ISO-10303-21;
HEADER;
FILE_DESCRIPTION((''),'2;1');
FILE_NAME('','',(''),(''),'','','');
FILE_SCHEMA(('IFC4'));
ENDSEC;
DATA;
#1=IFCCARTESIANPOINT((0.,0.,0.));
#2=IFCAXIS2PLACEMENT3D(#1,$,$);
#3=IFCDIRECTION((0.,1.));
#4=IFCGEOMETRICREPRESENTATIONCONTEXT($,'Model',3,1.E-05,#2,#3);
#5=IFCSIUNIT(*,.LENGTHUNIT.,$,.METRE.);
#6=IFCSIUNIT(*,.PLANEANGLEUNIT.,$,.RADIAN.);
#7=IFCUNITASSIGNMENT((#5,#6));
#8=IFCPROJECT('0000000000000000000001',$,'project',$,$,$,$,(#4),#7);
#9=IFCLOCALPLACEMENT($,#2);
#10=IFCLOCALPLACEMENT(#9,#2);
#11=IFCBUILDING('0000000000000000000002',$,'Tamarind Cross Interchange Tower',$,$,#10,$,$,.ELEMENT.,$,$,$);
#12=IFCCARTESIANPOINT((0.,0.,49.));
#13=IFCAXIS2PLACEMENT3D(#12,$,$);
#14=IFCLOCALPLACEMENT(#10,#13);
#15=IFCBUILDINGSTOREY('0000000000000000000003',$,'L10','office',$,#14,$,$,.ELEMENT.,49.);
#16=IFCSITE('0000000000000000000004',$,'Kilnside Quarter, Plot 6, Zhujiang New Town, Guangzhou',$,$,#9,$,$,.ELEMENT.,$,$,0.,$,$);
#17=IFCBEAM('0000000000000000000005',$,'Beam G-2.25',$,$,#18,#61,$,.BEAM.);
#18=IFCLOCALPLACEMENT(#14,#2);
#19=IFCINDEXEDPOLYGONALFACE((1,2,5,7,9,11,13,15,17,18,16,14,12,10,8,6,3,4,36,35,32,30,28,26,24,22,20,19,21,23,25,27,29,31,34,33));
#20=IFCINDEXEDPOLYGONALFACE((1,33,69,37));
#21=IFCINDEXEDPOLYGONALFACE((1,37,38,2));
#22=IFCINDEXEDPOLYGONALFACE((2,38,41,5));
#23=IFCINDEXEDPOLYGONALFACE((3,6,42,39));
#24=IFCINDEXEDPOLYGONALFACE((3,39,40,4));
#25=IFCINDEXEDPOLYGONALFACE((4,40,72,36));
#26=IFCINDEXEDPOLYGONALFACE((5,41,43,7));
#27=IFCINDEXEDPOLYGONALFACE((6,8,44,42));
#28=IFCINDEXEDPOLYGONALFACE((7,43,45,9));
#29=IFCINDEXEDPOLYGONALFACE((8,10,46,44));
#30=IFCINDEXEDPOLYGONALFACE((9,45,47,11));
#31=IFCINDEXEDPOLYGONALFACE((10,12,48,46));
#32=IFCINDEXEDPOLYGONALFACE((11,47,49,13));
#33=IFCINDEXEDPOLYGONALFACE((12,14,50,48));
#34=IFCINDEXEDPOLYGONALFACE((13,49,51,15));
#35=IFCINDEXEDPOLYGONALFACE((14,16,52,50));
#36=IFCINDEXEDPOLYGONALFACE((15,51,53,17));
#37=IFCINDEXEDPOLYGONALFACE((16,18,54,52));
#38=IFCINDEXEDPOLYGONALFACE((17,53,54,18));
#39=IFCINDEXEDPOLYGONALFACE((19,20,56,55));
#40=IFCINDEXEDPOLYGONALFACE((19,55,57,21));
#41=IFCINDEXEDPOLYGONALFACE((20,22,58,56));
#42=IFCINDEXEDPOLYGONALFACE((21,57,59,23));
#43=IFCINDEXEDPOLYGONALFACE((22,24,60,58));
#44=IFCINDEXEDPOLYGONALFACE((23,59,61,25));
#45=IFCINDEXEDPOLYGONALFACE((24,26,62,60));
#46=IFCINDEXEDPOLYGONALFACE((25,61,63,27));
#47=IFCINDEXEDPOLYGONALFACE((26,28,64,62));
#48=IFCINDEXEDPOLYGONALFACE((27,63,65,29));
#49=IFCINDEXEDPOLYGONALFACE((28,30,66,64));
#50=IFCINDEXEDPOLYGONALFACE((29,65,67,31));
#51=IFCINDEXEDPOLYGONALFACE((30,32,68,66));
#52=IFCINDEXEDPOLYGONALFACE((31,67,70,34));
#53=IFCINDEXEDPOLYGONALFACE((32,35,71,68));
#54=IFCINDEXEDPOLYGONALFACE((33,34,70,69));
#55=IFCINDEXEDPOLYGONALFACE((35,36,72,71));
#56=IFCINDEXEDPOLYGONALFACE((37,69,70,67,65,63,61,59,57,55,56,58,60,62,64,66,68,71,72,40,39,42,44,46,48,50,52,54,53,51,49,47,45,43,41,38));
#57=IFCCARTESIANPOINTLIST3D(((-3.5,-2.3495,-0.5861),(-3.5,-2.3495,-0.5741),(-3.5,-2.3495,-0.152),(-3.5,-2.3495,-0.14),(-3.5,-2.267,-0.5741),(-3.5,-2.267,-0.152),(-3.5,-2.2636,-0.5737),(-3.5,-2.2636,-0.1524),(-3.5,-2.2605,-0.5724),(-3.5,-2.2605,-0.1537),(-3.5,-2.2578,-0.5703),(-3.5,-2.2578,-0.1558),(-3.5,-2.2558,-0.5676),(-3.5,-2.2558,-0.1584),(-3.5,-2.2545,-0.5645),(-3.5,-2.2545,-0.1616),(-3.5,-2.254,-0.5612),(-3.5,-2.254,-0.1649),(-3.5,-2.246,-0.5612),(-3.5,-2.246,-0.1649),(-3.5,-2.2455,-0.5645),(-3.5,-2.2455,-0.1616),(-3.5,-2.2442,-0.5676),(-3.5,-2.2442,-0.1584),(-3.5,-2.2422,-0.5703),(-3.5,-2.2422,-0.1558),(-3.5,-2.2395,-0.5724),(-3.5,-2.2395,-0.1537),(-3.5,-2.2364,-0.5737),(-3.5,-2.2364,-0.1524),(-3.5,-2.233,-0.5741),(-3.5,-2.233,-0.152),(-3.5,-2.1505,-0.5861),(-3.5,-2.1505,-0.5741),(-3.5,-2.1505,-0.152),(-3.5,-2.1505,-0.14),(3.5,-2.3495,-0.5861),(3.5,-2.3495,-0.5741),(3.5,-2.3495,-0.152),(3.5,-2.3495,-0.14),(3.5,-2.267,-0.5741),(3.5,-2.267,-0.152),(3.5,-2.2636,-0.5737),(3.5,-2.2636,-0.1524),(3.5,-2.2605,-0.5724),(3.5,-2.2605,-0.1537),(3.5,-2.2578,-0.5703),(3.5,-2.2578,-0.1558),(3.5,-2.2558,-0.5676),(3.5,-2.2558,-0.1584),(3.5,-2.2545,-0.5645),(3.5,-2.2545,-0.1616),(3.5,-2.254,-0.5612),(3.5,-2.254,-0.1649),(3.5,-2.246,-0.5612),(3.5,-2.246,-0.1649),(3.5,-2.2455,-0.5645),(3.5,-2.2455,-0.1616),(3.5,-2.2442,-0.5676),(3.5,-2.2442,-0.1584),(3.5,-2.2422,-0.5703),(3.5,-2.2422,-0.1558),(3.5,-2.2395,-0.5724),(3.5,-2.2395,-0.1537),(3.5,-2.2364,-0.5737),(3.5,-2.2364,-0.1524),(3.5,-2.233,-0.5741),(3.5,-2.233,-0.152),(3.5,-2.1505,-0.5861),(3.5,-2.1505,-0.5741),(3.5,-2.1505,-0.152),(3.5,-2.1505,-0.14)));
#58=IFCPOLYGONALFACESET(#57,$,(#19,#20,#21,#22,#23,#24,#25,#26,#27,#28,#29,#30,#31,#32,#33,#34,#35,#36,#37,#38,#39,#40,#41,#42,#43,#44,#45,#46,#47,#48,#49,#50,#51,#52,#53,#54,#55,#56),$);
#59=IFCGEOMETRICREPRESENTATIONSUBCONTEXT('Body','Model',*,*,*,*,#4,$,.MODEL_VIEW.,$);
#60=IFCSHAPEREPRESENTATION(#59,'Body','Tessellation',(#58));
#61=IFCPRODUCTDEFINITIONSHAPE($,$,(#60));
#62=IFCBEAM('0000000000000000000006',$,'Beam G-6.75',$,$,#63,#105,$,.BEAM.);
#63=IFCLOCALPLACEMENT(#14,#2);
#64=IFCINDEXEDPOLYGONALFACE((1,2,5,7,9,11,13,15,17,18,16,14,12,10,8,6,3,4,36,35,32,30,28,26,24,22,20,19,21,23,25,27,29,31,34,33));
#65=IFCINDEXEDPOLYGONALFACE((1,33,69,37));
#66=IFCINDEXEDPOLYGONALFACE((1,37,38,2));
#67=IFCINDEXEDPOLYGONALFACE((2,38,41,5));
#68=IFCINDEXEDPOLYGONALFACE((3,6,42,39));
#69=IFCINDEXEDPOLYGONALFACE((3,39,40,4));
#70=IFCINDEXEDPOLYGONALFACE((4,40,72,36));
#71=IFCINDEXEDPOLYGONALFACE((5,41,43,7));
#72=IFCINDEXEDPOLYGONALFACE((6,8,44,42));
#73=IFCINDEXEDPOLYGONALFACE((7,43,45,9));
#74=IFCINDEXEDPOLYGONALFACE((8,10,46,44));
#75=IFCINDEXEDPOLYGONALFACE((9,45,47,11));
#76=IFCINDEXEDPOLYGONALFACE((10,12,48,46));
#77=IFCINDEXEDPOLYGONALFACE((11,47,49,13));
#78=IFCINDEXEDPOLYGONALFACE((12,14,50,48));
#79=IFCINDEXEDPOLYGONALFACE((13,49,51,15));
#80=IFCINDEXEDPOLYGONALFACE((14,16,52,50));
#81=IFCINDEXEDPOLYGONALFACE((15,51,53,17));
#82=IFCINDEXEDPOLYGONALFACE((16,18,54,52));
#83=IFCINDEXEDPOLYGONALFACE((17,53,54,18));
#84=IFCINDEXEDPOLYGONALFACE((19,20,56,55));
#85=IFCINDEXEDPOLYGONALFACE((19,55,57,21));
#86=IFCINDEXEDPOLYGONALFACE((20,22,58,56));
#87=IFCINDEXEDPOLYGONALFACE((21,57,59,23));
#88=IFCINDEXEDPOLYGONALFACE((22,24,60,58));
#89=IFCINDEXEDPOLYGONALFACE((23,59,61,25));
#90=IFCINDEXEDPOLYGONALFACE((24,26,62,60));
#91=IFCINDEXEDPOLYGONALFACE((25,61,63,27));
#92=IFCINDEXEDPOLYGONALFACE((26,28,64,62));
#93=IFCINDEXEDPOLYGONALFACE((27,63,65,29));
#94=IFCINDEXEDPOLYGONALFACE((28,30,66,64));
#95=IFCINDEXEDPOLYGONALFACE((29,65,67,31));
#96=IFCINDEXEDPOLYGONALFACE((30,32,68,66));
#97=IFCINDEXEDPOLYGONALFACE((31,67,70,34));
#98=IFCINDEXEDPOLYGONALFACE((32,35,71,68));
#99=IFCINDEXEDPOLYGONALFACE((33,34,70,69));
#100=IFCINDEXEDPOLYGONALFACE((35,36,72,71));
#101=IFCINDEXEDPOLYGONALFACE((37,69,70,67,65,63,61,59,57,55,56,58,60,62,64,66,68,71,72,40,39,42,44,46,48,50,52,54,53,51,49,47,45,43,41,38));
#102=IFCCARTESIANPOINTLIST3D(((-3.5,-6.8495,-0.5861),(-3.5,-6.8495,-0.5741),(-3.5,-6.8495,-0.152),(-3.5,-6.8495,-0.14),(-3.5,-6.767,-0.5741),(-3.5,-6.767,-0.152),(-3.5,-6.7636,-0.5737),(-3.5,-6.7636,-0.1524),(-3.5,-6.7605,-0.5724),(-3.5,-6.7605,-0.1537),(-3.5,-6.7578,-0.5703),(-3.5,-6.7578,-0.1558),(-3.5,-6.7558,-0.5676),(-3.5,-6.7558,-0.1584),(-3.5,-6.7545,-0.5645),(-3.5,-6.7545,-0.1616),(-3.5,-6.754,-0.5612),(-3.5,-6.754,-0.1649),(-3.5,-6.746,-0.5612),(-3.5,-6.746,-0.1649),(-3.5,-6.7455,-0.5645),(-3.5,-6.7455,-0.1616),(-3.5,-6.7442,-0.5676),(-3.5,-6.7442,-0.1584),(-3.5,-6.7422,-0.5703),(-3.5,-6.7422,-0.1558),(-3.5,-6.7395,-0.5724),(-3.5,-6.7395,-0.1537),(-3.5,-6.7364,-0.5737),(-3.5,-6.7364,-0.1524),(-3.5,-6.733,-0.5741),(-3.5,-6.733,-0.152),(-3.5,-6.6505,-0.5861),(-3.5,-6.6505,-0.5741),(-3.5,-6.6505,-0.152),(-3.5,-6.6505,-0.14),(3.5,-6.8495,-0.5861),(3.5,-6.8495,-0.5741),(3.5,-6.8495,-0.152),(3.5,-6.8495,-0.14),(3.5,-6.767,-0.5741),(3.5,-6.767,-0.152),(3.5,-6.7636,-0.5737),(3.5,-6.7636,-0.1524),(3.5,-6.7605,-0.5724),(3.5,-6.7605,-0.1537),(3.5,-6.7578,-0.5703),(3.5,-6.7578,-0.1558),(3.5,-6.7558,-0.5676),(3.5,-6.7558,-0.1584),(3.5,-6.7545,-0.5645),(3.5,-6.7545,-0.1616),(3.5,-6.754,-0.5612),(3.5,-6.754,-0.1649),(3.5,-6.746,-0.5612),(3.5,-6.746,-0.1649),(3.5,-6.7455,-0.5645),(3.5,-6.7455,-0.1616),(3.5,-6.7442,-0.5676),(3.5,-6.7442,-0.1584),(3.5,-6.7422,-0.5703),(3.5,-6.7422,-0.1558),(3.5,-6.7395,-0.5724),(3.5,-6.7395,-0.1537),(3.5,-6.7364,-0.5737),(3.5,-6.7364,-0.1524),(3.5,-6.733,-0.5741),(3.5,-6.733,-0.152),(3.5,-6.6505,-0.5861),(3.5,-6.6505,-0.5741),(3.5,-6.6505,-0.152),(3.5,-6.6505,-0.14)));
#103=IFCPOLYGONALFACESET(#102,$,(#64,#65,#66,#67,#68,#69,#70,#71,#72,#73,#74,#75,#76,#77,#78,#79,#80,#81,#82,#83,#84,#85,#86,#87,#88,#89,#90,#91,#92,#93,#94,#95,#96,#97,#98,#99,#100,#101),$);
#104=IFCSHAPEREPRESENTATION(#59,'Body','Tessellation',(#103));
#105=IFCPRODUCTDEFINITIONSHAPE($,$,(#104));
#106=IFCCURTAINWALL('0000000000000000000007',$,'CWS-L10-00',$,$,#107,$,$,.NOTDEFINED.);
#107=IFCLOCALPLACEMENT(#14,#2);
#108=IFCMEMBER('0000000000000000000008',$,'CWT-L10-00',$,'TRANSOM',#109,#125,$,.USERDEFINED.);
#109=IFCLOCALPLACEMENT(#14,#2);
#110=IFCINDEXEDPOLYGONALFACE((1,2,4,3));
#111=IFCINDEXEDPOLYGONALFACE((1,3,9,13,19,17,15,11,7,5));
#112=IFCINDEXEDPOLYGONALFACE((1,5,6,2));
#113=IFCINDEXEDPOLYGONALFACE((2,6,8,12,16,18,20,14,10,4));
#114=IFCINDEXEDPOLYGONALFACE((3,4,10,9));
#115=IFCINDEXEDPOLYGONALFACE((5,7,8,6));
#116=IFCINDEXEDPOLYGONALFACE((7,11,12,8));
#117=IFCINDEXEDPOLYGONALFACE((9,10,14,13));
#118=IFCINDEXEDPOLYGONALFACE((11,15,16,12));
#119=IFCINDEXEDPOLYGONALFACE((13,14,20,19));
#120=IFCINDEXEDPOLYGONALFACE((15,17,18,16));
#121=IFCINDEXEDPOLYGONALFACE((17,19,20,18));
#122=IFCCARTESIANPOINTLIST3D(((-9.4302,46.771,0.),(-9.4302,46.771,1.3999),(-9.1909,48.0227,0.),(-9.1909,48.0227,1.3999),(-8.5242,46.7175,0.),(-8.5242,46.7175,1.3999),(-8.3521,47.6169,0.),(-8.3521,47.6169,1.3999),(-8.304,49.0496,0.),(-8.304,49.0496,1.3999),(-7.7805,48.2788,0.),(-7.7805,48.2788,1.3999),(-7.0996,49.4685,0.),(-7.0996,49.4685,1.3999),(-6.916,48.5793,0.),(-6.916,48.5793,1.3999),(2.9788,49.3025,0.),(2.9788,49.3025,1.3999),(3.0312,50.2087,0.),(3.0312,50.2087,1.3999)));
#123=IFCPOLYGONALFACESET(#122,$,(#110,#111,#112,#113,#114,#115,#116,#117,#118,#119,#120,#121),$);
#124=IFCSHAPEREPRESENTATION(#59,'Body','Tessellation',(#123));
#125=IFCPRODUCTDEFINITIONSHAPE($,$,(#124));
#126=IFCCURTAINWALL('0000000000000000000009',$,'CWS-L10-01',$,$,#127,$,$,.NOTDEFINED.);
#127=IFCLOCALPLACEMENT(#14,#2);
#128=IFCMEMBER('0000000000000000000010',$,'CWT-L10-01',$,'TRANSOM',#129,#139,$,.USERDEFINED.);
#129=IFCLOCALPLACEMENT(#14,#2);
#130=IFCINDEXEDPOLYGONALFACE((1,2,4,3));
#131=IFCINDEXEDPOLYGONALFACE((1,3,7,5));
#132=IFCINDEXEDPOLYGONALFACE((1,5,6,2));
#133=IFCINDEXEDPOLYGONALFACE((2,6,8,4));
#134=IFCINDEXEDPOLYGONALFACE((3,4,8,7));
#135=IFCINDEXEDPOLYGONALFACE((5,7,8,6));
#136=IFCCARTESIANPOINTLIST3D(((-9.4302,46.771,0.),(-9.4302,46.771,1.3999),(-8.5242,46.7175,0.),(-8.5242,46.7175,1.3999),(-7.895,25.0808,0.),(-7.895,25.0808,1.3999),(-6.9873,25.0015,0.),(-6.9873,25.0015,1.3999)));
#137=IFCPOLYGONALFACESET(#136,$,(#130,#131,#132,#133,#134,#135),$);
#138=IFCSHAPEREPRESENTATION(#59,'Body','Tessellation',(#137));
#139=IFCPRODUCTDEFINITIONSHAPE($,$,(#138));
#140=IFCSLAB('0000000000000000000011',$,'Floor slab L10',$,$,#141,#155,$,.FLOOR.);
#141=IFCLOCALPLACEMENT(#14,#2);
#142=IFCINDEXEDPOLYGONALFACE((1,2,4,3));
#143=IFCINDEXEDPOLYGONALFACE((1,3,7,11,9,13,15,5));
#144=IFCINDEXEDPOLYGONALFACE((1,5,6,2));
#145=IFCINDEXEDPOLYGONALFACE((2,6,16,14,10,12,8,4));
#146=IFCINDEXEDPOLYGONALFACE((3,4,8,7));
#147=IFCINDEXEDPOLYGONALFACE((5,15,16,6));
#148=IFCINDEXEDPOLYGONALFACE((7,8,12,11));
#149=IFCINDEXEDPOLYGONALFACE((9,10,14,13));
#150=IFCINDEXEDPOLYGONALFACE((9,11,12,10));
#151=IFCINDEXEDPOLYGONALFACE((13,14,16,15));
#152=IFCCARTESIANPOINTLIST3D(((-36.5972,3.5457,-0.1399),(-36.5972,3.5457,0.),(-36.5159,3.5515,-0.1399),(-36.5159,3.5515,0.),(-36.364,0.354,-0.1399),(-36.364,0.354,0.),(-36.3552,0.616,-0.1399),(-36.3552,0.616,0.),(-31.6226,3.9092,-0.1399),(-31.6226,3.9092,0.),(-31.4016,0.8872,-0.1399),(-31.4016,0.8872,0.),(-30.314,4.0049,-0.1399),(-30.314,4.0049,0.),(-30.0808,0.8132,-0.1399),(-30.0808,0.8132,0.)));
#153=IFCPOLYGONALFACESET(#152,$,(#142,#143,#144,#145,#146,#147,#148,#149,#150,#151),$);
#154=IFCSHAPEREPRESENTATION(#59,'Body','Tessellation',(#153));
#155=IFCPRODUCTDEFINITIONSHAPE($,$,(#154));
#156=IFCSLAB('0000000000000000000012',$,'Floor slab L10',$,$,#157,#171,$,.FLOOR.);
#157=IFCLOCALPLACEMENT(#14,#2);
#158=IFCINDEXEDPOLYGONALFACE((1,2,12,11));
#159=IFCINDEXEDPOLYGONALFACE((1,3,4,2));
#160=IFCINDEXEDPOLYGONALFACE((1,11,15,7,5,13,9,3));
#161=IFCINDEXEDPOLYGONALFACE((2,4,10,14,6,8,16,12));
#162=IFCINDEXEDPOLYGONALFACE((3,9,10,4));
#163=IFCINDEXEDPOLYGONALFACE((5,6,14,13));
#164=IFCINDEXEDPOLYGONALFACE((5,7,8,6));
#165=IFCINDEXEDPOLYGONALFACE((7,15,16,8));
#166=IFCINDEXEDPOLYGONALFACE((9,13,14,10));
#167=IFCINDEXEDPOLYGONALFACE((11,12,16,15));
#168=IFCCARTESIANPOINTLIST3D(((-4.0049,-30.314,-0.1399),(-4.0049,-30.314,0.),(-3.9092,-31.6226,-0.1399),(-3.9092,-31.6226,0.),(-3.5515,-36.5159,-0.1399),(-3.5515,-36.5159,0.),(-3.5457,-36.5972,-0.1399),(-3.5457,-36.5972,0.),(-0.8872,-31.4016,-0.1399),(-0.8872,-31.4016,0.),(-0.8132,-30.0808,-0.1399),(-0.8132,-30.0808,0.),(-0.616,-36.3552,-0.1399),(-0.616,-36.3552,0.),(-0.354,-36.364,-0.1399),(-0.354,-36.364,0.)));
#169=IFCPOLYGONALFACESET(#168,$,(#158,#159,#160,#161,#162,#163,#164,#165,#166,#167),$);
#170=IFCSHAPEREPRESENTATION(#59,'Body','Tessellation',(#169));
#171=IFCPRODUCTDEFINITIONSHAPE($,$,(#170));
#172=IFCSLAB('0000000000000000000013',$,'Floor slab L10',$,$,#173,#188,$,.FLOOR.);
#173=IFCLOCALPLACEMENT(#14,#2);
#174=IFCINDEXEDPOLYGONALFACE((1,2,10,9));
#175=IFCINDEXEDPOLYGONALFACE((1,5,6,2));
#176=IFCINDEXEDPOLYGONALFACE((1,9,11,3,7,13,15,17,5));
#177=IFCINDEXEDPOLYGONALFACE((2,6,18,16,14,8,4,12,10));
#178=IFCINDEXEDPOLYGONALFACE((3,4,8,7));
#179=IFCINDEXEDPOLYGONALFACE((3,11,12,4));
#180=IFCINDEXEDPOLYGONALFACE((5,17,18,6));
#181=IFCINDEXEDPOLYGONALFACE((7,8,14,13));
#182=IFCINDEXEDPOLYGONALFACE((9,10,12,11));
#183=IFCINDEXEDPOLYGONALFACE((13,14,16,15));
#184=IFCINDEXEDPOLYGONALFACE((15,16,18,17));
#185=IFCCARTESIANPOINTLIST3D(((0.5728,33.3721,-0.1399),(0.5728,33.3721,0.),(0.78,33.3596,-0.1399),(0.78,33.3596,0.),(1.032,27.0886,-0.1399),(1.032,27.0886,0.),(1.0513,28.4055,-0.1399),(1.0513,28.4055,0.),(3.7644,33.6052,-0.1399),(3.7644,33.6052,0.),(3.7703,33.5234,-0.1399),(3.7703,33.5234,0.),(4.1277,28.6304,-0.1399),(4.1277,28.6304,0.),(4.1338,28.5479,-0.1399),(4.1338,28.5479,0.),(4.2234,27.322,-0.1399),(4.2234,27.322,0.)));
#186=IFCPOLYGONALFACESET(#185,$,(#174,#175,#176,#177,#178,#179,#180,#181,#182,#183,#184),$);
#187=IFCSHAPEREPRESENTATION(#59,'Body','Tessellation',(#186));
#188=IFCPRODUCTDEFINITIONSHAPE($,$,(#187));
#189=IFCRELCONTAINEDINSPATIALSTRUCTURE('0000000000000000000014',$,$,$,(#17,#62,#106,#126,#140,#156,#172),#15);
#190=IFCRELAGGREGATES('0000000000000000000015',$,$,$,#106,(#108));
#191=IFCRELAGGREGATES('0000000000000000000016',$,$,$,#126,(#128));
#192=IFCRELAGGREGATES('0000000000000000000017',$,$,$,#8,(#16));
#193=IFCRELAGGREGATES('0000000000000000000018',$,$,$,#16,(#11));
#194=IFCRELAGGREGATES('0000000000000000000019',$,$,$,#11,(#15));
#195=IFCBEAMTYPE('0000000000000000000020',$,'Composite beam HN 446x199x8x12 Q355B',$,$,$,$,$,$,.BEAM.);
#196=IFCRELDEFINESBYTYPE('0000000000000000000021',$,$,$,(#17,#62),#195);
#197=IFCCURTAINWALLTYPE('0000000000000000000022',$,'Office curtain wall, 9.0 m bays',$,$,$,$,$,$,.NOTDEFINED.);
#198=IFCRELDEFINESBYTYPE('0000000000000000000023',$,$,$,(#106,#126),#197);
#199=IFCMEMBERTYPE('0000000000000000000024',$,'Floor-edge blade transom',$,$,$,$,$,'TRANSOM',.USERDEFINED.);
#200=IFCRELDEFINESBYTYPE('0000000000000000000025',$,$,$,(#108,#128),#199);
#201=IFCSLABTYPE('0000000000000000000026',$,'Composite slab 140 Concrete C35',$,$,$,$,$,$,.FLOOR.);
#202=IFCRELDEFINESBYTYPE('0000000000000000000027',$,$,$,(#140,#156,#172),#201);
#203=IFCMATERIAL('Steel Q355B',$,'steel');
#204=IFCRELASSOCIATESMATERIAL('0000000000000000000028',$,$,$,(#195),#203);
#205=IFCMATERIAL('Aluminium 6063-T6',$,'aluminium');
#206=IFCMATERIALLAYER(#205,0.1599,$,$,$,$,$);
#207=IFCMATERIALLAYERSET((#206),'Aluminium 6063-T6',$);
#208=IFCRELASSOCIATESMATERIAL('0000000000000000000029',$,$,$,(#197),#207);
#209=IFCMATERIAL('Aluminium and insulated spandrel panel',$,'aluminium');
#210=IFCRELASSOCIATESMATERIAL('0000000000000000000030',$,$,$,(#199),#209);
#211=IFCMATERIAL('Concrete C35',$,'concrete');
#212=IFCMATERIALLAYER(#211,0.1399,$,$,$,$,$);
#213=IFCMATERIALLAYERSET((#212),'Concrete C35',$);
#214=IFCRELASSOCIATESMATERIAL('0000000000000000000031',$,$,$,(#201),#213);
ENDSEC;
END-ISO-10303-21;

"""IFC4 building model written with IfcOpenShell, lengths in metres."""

from ifc_helpers import new_model, si_unit, direction, frame, origin, origin_2d, place, context, subcontext, project, spatial, polyline, i_section, outline, extrude, material, layer, layer_set, material_profile, profile_set, type_object, element, aggregate, save


model = new_model("IFC4")

# Units and contexts
model_context = context("Model", 3, precision=1e-05, world=origin(), true_north=direction((0.0, 1.0)))
body_context = subcontext(model_context, "Body", "Model", "MODEL_VIEW")
ifc_project = project(units=[si_unit("LENGTHUNIT", "METRE"), si_unit("PLANEANGLEUNIT", "RADIAN")], contexts=[model_context])

# Site, building, storey
site_placement = place(None, origin())
site = spatial("IfcSite", under=ifc_project, at=site_placement, Name="Kilnside Quarter, Plot 6, Zhujiang New Town, Guangzhou", CompositionType="ELEMENT", RefElevation=0.0)
building_placement = place(site_placement, origin())
building = spatial("IfcBuilding", under=site, at=building_placement, Name="Tamarind Cross Interchange Tower", CompositionType="ELEMENT")
storey_placement = place(building_placement, frame((0.0, 0.0, 49.0)))
storey = spatial("IfcBuildingStorey", under=building, at=storey_placement, Name="L10", Description="office", CompositionType="ELEMENT", Elevation=49.0)

# Beams
ifc_material_1 = material(Name="Steel Q355B", Category="steel")
ifc_material_profile = material_profile(ifc_material_1, i_section(OverallWidth=0.199, OverallDepth=0.446, WebThickness=0.0081, FlangeThickness=0.012, FilletRadius=0.0129, at=origin_2d()), Name="HN 446x199x8x12")
ifc_profile_set = profile_set([ifc_material_profile], Name="Steel Q355B")
beam_type = type_object("IfcBeamType", Name="Composite beam HN 446x199x8x12 Q355B", PredefinedType="BEAM", material=ifc_profile_set)
for number, where, z_axis, x_axis, name in (
    (1, (-3.5, -2.25, -0.363), (1.0, 0.0, 0.0), (0.0, 1.0, 0.0), "Beam G-2.25"),
    (2, (-3.5, -6.75, -0.363), (1.0, 0.0, 0.0), (0.0, 1.0, 0.0), "Beam G-6.75"),
):
    element("IfcBeam", number, at=place(storey_placement, frame(where, z_axis=z_axis, x_axis=x_axis)), inside=storey, type_object=beam_type, Name=name, PredefinedType="BEAM", context=body_context, shape_type="SweptSolid", body=[
        extrude(i_section(OverallWidth=0.199, OverallDepth=0.446, WebThickness=0.0081, FlangeThickness=0.012, FilletRadius=0.0129, at=origin_2d()), origin(), (0.0, 0.0, 1.0), 7.0),
    ])

# Curtain walls, members
ifc_material_2 = material(Name="Aluminium 6063-T6", Category="aluminium")
ifc_layer_1 = layer(ifc_material_2, 0.1599)
ifc_layer_set_1 = layer_set([ifc_layer_1], Name="Aluminium 6063-T6")
curtain_wall_type = type_object("IfcCurtainWallType", Name="Office curtain wall, 9.0 m bays", PredefinedType="NOTDEFINED", material=ifc_layer_set_1)
curtain_wall_1_placement = place(storey_placement, origin())
curtain_wall_1 = element("IfcCurtainWall", 3, at=curtain_wall_1_placement, inside=storey, type_object=curtain_wall_type, Name="CWS-L10-00", PredefinedType="NOTDEFINED")
ifc_material_3 = material(Name="Aluminium and insulated spandrel panel", Category="aluminium")
member_type = type_object("IfcMemberType", Name="Floor-edge blade transom", ElementType="TRANSOM", PredefinedType="USERDEFINED", material=ifc_material_3)
member_1_placement = place(storey_placement, origin())
member_1 = element("IfcMember", 4, at=member_1_placement, type_object=member_type, Name="CWT-L10-00", ObjectType="TRANSOM", PredefinedType="USERDEFINED", context=body_context, shape_type="SweptSolid", body=[
    extrude(outline(polyline([(2.9788, 49.3025), (-6.916, 48.5793), (-7.7805, 48.2788), (-8.3521, 47.6169), (-8.5242, 46.7175), (-9.4302, 46.771), (-9.1909, 48.0227), (-8.304, 49.0496), (-7.0996, 49.4685), (3.0312, 50.2087), (2.9788, 49.3025)])), origin(), (0.0, 0.0, 1.0), 1.3999),
])
curtain_wall_2_placement = place(storey_placement, origin())
curtain_wall_2 = element("IfcCurtainWall", 5, at=curtain_wall_2_placement, inside=storey, type_object=curtain_wall_type, Name="CWS-L10-01", PredefinedType="NOTDEFINED")
member_2_placement = place(storey_placement, origin())
member_2 = element("IfcMember", 6, at=member_2_placement, type_object=member_type, Name="CWT-L10-01", ObjectType="TRANSOM", PredefinedType="USERDEFINED", context=body_context, shape_type="SweptSolid", body=[
    extrude(outline(polyline([(-8.5242, 46.7175), (-6.9873, 25.0015), (-7.895, 25.0808), (-9.4302, 46.771), (-8.5242, 46.7175)])), origin(), (0.0, 0.0, 1.0), 1.3999),
])

# Slabs
ifc_material_4 = material(Name="Concrete C35", Category="concrete")
ifc_layer_2 = layer(ifc_material_4, 0.1399)
ifc_layer_set_2 = layer_set([ifc_layer_2], Name="Concrete C35")
slab_type = type_object("IfcSlabType", Name="Composite slab 140 Concrete C35", PredefinedType="FLOOR", material=ifc_layer_set_2)
slab_1_placement = place(storey_placement, frame((0.0, 0.0, -0.1399)))
element("IfcSlab", 7, at=slab_1_placement, inside=storey, type_object=slab_type, Name="Floor slab L10", PredefinedType="FLOOR", context=body_context, shape_type="SweptSolid", body=[
    extrude(outline(polyline([(-36.5972, 3.5457), (-36.364, 0.354), (-30.0808, 0.8132), (-30.314, 4.0049), (-31.6226, 3.9092), (-31.4016, 0.8872), (-36.3552, 0.616), (-36.5159, 3.5515), (-36.5972, 3.5457)])), origin(), (0.0, 0.0, 1.0), 0.1399),
])
slab_2_placement = place(storey_placement, frame((0.0, 0.0, -0.1399)))
element("IfcSlab", 8, at=slab_2_placement, inside=storey, type_object=slab_type, Name="Floor slab L10", PredefinedType="FLOOR", context=body_context, shape_type="SweptSolid", body=[
    extrude(outline(polyline([(-3.5457, -36.5972), (-0.354, -36.364), (-0.8132, -30.0808), (-4.0049, -30.314), (-3.9092, -31.6226), (-0.8872, -31.4016), (-0.616, -36.3552), (-3.5515, -36.5159), (-3.5457, -36.5972)])), origin(), (0.0, 0.0, 1.0), 0.1399),
])
slab_3_placement = place(storey_placement, frame((0.0, 0.0, -0.1399)))
element("IfcSlab", 9, at=slab_3_placement, inside=storey, type_object=slab_type, Name="Floor slab L10", PredefinedType="FLOOR", context=body_context, shape_type="SweptSolid", body=[
    extrude(outline(polyline([(0.78, 33.3596), (3.7703, 33.5234), (3.7644, 33.6052), (0.5728, 33.3721), (1.032, 27.0886), (4.2234, 27.322), (4.1338, 28.5479), (4.1277, 28.6304), (1.0513, 28.4055), (0.78, 33.3596)])), origin(), (0.0, 0.0, 1.0), 0.1399),
])

aggregate(curtain_wall_1, [member_1])
aggregate(curtain_wall_2, [member_2])

save(model, "model.ifc")
